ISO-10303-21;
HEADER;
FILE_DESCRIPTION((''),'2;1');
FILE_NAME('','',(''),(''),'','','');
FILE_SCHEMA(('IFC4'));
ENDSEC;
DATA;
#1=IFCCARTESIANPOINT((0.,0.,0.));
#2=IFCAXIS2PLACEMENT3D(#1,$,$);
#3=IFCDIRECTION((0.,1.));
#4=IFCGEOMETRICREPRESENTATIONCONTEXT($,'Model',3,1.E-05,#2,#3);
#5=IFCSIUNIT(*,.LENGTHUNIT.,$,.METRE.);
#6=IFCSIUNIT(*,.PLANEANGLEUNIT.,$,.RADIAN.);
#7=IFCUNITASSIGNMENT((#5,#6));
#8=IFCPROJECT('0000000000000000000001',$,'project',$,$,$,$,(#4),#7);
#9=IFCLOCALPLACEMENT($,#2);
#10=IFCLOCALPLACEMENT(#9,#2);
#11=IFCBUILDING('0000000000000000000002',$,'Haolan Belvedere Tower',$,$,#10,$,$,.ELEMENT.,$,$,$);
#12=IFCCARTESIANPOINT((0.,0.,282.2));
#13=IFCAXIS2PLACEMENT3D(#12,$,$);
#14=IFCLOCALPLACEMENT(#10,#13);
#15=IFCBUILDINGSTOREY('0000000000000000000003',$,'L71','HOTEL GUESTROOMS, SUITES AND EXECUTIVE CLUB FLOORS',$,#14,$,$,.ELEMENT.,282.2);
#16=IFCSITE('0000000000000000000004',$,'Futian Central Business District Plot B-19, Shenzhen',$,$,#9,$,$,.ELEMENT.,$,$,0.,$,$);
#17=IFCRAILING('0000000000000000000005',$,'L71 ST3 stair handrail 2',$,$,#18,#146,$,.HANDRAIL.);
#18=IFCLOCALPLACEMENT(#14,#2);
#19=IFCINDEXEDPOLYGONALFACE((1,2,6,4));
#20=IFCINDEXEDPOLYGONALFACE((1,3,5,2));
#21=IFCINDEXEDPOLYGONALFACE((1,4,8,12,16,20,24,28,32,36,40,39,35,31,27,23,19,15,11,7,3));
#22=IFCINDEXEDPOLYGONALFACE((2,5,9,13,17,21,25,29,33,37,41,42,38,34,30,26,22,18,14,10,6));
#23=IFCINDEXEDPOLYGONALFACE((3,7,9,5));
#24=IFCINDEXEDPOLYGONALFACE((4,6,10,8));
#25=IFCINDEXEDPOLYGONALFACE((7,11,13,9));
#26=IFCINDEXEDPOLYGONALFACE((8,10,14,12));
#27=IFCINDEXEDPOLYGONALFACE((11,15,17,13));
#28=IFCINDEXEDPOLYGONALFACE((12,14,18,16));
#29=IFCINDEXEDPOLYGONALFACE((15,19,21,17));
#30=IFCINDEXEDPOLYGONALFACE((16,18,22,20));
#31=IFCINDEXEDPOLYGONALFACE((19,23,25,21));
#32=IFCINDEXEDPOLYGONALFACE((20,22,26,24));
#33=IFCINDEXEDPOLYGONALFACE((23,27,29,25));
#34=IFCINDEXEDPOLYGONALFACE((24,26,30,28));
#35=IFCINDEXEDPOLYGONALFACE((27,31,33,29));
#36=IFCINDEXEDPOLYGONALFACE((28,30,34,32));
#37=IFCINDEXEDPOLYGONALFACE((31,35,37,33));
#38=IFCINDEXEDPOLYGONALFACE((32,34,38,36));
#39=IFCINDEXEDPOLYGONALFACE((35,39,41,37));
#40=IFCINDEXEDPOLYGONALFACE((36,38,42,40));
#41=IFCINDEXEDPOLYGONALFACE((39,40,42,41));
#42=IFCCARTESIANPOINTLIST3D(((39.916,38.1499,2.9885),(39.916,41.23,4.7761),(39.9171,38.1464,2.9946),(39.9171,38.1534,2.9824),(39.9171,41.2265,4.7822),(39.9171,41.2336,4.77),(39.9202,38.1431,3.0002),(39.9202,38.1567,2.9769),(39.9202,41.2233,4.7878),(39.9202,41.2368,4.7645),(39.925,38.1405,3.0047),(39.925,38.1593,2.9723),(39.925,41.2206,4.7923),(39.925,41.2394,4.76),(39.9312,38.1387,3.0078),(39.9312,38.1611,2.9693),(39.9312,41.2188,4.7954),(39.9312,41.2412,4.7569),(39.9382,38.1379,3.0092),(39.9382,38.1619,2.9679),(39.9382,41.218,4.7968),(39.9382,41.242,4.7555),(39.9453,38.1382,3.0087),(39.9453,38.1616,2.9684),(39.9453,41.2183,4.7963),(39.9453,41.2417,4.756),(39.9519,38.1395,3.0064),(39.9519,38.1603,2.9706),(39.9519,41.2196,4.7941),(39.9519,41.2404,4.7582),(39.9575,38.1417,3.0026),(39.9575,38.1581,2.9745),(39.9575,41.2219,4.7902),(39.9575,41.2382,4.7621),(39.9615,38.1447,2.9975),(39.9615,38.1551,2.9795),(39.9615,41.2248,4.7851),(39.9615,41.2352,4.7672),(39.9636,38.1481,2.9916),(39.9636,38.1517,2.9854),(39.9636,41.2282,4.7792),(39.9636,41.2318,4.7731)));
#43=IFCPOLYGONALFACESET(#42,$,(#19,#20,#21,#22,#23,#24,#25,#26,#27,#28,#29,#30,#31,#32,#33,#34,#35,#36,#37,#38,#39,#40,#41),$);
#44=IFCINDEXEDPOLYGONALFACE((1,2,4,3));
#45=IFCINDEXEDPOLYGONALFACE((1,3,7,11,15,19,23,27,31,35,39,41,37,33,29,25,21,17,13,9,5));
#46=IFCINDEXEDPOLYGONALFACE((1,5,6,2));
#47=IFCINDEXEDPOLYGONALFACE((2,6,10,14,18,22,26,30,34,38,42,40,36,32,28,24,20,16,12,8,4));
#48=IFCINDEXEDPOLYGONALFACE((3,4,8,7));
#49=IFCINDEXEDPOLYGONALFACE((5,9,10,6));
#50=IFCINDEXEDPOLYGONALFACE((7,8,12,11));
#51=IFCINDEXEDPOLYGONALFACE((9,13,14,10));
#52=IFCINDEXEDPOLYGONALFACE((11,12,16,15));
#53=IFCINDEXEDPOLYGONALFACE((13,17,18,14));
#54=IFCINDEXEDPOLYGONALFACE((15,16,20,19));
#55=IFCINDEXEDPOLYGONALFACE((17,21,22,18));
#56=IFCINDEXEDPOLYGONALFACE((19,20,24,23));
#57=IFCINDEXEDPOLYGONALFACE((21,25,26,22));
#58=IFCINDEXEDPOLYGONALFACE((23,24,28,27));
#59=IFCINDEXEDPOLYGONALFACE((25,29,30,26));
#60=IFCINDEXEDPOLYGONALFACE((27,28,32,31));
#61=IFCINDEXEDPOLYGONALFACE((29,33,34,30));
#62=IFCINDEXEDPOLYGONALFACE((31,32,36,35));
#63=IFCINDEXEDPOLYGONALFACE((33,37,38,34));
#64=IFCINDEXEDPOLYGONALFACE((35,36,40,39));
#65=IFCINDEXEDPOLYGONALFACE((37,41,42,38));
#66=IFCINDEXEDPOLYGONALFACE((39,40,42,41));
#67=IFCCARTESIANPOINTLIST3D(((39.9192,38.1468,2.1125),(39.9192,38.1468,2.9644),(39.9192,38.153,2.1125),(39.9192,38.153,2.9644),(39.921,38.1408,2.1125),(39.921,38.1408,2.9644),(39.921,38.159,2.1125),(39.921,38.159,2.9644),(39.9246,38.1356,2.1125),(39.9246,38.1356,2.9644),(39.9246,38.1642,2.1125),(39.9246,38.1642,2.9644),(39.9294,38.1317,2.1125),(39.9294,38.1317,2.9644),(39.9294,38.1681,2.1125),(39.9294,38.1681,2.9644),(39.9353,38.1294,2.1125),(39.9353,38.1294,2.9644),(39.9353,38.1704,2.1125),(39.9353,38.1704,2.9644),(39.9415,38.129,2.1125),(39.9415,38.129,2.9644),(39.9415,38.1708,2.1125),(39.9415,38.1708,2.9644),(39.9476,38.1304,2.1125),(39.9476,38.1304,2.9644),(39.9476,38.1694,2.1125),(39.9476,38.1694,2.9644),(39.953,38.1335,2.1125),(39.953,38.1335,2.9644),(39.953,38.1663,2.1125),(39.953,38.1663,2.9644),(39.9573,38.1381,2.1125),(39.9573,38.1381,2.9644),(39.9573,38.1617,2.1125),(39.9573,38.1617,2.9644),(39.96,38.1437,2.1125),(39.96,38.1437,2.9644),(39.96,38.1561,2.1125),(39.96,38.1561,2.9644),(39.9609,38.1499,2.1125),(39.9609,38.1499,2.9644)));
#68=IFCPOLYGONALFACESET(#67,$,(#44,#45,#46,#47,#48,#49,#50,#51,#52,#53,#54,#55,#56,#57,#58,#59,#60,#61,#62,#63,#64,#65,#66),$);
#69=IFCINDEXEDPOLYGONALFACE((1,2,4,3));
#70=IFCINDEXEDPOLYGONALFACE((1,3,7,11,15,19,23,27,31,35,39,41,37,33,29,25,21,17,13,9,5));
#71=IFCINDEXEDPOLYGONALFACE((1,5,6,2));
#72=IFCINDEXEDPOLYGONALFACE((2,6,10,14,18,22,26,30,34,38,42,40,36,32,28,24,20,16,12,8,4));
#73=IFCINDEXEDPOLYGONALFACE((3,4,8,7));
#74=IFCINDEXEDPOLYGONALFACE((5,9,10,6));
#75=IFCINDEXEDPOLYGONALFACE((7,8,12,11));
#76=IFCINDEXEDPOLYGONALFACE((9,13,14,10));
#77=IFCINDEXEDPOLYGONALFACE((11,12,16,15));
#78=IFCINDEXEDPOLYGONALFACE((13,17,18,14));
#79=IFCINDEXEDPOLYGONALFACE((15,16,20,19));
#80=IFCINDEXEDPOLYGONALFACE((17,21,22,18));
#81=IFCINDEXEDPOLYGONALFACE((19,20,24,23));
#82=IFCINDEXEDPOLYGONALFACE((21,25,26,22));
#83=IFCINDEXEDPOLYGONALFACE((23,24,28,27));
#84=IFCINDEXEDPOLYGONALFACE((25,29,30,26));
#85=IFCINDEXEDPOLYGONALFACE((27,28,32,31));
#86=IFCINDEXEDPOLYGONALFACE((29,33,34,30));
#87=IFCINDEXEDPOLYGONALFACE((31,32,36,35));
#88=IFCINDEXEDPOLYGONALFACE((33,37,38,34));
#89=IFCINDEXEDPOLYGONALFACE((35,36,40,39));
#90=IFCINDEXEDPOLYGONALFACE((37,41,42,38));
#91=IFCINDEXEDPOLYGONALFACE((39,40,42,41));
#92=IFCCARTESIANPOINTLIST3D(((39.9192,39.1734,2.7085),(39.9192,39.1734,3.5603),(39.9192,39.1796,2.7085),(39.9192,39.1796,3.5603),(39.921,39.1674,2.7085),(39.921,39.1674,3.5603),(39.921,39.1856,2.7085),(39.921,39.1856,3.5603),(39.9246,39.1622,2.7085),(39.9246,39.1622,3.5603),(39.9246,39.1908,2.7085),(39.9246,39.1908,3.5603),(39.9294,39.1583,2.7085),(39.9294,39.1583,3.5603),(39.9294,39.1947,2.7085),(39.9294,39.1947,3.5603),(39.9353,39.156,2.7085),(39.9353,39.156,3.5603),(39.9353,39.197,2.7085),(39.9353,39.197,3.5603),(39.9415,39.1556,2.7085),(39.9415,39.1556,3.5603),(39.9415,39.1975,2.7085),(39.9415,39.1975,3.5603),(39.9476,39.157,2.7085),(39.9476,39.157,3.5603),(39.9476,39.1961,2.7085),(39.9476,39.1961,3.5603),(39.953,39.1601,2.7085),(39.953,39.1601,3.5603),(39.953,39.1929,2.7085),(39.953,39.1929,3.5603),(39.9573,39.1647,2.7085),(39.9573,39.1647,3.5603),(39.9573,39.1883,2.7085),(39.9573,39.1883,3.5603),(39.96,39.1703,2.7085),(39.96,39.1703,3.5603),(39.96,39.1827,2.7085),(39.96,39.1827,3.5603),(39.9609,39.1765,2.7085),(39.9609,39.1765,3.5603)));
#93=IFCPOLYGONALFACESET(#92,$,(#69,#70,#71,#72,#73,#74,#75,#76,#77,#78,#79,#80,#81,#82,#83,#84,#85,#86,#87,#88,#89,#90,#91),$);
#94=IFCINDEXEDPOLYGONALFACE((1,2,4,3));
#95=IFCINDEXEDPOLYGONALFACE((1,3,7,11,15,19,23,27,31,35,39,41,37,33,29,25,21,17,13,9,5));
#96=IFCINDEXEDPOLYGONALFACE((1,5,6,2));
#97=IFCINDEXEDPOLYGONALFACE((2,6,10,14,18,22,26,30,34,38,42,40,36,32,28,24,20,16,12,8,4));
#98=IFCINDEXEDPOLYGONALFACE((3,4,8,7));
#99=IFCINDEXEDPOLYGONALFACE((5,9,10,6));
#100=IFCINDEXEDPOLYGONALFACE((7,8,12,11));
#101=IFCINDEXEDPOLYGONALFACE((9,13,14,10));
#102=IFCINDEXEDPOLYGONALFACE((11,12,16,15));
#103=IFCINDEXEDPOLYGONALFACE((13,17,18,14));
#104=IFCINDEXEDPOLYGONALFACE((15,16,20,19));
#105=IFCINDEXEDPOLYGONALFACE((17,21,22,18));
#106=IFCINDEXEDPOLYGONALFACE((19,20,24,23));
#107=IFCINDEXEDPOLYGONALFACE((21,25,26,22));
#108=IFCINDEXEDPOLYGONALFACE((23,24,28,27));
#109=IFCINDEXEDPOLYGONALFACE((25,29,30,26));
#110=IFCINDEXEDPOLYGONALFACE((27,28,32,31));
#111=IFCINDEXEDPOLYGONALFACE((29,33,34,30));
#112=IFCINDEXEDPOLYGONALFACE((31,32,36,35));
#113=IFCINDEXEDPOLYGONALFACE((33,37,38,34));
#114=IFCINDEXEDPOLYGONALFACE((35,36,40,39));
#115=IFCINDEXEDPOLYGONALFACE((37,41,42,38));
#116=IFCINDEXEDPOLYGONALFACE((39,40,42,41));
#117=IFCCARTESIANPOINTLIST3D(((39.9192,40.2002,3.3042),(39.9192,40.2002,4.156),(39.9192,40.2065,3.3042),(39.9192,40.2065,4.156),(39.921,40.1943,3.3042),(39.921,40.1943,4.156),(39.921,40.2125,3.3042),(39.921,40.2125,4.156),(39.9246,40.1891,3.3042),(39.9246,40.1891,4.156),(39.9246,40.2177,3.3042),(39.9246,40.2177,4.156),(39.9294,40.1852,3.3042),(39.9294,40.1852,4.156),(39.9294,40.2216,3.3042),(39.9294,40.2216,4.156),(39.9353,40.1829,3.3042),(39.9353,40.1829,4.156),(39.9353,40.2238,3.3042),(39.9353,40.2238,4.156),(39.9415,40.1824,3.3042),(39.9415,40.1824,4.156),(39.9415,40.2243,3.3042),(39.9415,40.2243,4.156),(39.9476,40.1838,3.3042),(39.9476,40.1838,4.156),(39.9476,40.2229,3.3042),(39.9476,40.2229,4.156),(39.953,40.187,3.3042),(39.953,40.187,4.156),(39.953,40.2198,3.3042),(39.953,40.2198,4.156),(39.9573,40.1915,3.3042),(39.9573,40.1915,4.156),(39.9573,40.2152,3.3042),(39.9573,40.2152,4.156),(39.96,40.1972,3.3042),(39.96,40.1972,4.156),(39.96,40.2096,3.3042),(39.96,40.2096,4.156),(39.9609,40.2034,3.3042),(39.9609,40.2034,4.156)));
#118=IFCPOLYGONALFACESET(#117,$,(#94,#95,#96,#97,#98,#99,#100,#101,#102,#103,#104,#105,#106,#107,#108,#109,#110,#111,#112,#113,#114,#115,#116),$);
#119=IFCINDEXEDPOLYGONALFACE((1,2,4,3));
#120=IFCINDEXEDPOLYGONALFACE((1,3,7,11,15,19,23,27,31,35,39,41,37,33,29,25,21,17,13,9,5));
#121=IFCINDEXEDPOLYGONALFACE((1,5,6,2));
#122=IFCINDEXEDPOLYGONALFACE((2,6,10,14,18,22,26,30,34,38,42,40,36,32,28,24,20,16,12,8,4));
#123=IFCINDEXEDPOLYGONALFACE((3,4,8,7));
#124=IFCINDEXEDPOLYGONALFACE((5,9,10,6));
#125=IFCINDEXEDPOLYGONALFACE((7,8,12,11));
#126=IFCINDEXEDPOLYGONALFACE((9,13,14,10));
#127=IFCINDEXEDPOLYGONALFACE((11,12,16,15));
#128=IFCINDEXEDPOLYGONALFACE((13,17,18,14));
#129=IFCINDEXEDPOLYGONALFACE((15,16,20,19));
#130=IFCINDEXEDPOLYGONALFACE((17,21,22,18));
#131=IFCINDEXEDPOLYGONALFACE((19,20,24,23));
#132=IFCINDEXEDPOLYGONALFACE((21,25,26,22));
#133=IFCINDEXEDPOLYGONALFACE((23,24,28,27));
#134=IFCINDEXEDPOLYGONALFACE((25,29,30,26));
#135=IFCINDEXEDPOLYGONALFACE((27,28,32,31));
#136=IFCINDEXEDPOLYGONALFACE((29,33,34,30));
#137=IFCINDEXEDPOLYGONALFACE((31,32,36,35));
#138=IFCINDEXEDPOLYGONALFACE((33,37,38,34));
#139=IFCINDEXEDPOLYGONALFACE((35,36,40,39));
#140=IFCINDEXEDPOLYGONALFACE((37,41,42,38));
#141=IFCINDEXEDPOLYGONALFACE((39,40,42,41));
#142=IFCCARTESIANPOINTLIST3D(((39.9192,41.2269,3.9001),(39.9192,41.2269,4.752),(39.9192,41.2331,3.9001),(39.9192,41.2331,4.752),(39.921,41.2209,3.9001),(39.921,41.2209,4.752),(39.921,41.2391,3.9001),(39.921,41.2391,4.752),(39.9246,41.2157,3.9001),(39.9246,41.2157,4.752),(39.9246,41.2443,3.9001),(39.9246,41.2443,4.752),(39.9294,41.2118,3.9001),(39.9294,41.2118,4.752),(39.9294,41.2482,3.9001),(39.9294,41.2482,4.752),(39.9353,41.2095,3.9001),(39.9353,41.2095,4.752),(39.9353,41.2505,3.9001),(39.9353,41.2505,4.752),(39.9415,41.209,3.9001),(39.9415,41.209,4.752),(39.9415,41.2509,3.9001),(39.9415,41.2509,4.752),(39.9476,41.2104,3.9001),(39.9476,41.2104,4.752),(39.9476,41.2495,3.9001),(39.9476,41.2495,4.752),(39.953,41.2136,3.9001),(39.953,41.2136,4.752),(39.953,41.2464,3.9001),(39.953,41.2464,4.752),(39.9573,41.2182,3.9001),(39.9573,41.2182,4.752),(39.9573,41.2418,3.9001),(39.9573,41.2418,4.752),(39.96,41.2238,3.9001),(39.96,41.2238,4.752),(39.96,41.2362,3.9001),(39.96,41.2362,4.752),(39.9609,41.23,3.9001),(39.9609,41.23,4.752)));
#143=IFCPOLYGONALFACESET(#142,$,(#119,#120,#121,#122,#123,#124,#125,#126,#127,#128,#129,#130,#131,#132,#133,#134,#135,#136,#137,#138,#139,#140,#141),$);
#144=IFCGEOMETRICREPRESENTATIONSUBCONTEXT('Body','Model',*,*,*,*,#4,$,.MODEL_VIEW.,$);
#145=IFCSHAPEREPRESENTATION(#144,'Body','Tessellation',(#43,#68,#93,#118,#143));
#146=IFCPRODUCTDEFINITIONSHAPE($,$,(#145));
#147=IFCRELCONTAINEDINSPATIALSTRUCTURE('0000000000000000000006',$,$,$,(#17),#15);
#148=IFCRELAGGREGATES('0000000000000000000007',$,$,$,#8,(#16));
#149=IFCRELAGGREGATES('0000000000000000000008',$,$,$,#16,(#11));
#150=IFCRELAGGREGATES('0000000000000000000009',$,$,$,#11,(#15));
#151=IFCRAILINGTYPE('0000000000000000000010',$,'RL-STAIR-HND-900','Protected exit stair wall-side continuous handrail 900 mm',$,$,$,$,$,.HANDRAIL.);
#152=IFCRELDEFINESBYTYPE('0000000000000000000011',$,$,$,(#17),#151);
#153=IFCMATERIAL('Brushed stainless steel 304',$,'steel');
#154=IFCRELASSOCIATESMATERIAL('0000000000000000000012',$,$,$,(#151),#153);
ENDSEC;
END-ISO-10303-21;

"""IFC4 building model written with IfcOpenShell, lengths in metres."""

from ifc_helpers import new_model, si_unit, direction, frame, origin, origin_2d, place, context, subcontext, project, spatial, circle, extrude, material, type_object, element, save


model = new_model("IFC4")

# Units and contexts
model_context = context("Model", 3, precision=1e-05, world=origin(), true_north=direction((0.0, 1.0)))
body_context = subcontext(model_context, "Body", "Model", "MODEL_VIEW")
ifc_project = project(units=[si_unit("LENGTHUNIT", "METRE"), si_unit("PLANEANGLEUNIT", "RADIAN")], contexts=[model_context])

# Site, building, storey
site_placement = place(None, origin())
site = spatial("IfcSite", under=ifc_project, at=site_placement, Name="Futian Central Business District Plot B-19, Shenzhen", CompositionType="ELEMENT", RefElevation=0.0)
building_placement = place(site_placement, origin())
building = spatial("IfcBuilding", under=site, at=building_placement, Name="Haolan Belvedere Tower", CompositionType="ELEMENT")
storey_placement = place(building_placement, frame((0.0, 0.0, 282.2)))
storey = spatial("IfcBuildingStorey", under=building, at=storey_placement, Name="L71", Description="HOTEL GUESTROOMS, SUITES AND EXECUTIVE CLUB FLOORS", CompositionType="ELEMENT", Elevation=282.2)

# Railing
ifc_material_1 = material(Name="Brushed stainless steel 304", Category="steel")
railing_type_1 = type_object("IfcRailingType", Name="RL-STAIR-HND-900", Description="Protected exit stair wall-side continuous handrail 900 mm", PredefinedType="HANDRAIL", material=ifc_material_1)
railing_1_placement = place(storey_placement, frame((39.9399, 38.1499, 2.1125)))
element("IfcRailing", 1, at=railing_1_placement, inside=storey, type_object=railing_type_1, Name="L71 ST3 stair handrail 2", PredefinedType="HANDRAIL", context=body_context, shape_type="SweptSolid", body=[
    extrude(circle(Radius=0.0239, at=origin_2d()), frame((0.0, 0.0, 0.876), z_axis=(0.0, 0.864891, 0.50196), x_axis=(-1.0, 0.0, 0.0)), (0.0, 0.0, 1.0), 3.5613),
    extrude(circle(Radius=0.021, at=origin_2d()), origin(), (0.0, 0.0, 1.0), 0.8518),
    extrude(circle(Radius=0.021, at=origin_2d()), frame((0.0, 1.0266, 0.5959)), (0.0, 0.0, 1.0), 0.8518),
    extrude(circle(Radius=0.021, at=origin_2d()), frame((0.0, 2.0535, 1.1917)), (0.0, 0.0, 1.0), 0.8518),
    extrude(circle(Radius=0.021, at=origin_2d()), frame((0.0, 3.0801, 1.7876)), (0.0, 0.0, 1.0), 0.8518),
])

save(model, "model.ifc")
